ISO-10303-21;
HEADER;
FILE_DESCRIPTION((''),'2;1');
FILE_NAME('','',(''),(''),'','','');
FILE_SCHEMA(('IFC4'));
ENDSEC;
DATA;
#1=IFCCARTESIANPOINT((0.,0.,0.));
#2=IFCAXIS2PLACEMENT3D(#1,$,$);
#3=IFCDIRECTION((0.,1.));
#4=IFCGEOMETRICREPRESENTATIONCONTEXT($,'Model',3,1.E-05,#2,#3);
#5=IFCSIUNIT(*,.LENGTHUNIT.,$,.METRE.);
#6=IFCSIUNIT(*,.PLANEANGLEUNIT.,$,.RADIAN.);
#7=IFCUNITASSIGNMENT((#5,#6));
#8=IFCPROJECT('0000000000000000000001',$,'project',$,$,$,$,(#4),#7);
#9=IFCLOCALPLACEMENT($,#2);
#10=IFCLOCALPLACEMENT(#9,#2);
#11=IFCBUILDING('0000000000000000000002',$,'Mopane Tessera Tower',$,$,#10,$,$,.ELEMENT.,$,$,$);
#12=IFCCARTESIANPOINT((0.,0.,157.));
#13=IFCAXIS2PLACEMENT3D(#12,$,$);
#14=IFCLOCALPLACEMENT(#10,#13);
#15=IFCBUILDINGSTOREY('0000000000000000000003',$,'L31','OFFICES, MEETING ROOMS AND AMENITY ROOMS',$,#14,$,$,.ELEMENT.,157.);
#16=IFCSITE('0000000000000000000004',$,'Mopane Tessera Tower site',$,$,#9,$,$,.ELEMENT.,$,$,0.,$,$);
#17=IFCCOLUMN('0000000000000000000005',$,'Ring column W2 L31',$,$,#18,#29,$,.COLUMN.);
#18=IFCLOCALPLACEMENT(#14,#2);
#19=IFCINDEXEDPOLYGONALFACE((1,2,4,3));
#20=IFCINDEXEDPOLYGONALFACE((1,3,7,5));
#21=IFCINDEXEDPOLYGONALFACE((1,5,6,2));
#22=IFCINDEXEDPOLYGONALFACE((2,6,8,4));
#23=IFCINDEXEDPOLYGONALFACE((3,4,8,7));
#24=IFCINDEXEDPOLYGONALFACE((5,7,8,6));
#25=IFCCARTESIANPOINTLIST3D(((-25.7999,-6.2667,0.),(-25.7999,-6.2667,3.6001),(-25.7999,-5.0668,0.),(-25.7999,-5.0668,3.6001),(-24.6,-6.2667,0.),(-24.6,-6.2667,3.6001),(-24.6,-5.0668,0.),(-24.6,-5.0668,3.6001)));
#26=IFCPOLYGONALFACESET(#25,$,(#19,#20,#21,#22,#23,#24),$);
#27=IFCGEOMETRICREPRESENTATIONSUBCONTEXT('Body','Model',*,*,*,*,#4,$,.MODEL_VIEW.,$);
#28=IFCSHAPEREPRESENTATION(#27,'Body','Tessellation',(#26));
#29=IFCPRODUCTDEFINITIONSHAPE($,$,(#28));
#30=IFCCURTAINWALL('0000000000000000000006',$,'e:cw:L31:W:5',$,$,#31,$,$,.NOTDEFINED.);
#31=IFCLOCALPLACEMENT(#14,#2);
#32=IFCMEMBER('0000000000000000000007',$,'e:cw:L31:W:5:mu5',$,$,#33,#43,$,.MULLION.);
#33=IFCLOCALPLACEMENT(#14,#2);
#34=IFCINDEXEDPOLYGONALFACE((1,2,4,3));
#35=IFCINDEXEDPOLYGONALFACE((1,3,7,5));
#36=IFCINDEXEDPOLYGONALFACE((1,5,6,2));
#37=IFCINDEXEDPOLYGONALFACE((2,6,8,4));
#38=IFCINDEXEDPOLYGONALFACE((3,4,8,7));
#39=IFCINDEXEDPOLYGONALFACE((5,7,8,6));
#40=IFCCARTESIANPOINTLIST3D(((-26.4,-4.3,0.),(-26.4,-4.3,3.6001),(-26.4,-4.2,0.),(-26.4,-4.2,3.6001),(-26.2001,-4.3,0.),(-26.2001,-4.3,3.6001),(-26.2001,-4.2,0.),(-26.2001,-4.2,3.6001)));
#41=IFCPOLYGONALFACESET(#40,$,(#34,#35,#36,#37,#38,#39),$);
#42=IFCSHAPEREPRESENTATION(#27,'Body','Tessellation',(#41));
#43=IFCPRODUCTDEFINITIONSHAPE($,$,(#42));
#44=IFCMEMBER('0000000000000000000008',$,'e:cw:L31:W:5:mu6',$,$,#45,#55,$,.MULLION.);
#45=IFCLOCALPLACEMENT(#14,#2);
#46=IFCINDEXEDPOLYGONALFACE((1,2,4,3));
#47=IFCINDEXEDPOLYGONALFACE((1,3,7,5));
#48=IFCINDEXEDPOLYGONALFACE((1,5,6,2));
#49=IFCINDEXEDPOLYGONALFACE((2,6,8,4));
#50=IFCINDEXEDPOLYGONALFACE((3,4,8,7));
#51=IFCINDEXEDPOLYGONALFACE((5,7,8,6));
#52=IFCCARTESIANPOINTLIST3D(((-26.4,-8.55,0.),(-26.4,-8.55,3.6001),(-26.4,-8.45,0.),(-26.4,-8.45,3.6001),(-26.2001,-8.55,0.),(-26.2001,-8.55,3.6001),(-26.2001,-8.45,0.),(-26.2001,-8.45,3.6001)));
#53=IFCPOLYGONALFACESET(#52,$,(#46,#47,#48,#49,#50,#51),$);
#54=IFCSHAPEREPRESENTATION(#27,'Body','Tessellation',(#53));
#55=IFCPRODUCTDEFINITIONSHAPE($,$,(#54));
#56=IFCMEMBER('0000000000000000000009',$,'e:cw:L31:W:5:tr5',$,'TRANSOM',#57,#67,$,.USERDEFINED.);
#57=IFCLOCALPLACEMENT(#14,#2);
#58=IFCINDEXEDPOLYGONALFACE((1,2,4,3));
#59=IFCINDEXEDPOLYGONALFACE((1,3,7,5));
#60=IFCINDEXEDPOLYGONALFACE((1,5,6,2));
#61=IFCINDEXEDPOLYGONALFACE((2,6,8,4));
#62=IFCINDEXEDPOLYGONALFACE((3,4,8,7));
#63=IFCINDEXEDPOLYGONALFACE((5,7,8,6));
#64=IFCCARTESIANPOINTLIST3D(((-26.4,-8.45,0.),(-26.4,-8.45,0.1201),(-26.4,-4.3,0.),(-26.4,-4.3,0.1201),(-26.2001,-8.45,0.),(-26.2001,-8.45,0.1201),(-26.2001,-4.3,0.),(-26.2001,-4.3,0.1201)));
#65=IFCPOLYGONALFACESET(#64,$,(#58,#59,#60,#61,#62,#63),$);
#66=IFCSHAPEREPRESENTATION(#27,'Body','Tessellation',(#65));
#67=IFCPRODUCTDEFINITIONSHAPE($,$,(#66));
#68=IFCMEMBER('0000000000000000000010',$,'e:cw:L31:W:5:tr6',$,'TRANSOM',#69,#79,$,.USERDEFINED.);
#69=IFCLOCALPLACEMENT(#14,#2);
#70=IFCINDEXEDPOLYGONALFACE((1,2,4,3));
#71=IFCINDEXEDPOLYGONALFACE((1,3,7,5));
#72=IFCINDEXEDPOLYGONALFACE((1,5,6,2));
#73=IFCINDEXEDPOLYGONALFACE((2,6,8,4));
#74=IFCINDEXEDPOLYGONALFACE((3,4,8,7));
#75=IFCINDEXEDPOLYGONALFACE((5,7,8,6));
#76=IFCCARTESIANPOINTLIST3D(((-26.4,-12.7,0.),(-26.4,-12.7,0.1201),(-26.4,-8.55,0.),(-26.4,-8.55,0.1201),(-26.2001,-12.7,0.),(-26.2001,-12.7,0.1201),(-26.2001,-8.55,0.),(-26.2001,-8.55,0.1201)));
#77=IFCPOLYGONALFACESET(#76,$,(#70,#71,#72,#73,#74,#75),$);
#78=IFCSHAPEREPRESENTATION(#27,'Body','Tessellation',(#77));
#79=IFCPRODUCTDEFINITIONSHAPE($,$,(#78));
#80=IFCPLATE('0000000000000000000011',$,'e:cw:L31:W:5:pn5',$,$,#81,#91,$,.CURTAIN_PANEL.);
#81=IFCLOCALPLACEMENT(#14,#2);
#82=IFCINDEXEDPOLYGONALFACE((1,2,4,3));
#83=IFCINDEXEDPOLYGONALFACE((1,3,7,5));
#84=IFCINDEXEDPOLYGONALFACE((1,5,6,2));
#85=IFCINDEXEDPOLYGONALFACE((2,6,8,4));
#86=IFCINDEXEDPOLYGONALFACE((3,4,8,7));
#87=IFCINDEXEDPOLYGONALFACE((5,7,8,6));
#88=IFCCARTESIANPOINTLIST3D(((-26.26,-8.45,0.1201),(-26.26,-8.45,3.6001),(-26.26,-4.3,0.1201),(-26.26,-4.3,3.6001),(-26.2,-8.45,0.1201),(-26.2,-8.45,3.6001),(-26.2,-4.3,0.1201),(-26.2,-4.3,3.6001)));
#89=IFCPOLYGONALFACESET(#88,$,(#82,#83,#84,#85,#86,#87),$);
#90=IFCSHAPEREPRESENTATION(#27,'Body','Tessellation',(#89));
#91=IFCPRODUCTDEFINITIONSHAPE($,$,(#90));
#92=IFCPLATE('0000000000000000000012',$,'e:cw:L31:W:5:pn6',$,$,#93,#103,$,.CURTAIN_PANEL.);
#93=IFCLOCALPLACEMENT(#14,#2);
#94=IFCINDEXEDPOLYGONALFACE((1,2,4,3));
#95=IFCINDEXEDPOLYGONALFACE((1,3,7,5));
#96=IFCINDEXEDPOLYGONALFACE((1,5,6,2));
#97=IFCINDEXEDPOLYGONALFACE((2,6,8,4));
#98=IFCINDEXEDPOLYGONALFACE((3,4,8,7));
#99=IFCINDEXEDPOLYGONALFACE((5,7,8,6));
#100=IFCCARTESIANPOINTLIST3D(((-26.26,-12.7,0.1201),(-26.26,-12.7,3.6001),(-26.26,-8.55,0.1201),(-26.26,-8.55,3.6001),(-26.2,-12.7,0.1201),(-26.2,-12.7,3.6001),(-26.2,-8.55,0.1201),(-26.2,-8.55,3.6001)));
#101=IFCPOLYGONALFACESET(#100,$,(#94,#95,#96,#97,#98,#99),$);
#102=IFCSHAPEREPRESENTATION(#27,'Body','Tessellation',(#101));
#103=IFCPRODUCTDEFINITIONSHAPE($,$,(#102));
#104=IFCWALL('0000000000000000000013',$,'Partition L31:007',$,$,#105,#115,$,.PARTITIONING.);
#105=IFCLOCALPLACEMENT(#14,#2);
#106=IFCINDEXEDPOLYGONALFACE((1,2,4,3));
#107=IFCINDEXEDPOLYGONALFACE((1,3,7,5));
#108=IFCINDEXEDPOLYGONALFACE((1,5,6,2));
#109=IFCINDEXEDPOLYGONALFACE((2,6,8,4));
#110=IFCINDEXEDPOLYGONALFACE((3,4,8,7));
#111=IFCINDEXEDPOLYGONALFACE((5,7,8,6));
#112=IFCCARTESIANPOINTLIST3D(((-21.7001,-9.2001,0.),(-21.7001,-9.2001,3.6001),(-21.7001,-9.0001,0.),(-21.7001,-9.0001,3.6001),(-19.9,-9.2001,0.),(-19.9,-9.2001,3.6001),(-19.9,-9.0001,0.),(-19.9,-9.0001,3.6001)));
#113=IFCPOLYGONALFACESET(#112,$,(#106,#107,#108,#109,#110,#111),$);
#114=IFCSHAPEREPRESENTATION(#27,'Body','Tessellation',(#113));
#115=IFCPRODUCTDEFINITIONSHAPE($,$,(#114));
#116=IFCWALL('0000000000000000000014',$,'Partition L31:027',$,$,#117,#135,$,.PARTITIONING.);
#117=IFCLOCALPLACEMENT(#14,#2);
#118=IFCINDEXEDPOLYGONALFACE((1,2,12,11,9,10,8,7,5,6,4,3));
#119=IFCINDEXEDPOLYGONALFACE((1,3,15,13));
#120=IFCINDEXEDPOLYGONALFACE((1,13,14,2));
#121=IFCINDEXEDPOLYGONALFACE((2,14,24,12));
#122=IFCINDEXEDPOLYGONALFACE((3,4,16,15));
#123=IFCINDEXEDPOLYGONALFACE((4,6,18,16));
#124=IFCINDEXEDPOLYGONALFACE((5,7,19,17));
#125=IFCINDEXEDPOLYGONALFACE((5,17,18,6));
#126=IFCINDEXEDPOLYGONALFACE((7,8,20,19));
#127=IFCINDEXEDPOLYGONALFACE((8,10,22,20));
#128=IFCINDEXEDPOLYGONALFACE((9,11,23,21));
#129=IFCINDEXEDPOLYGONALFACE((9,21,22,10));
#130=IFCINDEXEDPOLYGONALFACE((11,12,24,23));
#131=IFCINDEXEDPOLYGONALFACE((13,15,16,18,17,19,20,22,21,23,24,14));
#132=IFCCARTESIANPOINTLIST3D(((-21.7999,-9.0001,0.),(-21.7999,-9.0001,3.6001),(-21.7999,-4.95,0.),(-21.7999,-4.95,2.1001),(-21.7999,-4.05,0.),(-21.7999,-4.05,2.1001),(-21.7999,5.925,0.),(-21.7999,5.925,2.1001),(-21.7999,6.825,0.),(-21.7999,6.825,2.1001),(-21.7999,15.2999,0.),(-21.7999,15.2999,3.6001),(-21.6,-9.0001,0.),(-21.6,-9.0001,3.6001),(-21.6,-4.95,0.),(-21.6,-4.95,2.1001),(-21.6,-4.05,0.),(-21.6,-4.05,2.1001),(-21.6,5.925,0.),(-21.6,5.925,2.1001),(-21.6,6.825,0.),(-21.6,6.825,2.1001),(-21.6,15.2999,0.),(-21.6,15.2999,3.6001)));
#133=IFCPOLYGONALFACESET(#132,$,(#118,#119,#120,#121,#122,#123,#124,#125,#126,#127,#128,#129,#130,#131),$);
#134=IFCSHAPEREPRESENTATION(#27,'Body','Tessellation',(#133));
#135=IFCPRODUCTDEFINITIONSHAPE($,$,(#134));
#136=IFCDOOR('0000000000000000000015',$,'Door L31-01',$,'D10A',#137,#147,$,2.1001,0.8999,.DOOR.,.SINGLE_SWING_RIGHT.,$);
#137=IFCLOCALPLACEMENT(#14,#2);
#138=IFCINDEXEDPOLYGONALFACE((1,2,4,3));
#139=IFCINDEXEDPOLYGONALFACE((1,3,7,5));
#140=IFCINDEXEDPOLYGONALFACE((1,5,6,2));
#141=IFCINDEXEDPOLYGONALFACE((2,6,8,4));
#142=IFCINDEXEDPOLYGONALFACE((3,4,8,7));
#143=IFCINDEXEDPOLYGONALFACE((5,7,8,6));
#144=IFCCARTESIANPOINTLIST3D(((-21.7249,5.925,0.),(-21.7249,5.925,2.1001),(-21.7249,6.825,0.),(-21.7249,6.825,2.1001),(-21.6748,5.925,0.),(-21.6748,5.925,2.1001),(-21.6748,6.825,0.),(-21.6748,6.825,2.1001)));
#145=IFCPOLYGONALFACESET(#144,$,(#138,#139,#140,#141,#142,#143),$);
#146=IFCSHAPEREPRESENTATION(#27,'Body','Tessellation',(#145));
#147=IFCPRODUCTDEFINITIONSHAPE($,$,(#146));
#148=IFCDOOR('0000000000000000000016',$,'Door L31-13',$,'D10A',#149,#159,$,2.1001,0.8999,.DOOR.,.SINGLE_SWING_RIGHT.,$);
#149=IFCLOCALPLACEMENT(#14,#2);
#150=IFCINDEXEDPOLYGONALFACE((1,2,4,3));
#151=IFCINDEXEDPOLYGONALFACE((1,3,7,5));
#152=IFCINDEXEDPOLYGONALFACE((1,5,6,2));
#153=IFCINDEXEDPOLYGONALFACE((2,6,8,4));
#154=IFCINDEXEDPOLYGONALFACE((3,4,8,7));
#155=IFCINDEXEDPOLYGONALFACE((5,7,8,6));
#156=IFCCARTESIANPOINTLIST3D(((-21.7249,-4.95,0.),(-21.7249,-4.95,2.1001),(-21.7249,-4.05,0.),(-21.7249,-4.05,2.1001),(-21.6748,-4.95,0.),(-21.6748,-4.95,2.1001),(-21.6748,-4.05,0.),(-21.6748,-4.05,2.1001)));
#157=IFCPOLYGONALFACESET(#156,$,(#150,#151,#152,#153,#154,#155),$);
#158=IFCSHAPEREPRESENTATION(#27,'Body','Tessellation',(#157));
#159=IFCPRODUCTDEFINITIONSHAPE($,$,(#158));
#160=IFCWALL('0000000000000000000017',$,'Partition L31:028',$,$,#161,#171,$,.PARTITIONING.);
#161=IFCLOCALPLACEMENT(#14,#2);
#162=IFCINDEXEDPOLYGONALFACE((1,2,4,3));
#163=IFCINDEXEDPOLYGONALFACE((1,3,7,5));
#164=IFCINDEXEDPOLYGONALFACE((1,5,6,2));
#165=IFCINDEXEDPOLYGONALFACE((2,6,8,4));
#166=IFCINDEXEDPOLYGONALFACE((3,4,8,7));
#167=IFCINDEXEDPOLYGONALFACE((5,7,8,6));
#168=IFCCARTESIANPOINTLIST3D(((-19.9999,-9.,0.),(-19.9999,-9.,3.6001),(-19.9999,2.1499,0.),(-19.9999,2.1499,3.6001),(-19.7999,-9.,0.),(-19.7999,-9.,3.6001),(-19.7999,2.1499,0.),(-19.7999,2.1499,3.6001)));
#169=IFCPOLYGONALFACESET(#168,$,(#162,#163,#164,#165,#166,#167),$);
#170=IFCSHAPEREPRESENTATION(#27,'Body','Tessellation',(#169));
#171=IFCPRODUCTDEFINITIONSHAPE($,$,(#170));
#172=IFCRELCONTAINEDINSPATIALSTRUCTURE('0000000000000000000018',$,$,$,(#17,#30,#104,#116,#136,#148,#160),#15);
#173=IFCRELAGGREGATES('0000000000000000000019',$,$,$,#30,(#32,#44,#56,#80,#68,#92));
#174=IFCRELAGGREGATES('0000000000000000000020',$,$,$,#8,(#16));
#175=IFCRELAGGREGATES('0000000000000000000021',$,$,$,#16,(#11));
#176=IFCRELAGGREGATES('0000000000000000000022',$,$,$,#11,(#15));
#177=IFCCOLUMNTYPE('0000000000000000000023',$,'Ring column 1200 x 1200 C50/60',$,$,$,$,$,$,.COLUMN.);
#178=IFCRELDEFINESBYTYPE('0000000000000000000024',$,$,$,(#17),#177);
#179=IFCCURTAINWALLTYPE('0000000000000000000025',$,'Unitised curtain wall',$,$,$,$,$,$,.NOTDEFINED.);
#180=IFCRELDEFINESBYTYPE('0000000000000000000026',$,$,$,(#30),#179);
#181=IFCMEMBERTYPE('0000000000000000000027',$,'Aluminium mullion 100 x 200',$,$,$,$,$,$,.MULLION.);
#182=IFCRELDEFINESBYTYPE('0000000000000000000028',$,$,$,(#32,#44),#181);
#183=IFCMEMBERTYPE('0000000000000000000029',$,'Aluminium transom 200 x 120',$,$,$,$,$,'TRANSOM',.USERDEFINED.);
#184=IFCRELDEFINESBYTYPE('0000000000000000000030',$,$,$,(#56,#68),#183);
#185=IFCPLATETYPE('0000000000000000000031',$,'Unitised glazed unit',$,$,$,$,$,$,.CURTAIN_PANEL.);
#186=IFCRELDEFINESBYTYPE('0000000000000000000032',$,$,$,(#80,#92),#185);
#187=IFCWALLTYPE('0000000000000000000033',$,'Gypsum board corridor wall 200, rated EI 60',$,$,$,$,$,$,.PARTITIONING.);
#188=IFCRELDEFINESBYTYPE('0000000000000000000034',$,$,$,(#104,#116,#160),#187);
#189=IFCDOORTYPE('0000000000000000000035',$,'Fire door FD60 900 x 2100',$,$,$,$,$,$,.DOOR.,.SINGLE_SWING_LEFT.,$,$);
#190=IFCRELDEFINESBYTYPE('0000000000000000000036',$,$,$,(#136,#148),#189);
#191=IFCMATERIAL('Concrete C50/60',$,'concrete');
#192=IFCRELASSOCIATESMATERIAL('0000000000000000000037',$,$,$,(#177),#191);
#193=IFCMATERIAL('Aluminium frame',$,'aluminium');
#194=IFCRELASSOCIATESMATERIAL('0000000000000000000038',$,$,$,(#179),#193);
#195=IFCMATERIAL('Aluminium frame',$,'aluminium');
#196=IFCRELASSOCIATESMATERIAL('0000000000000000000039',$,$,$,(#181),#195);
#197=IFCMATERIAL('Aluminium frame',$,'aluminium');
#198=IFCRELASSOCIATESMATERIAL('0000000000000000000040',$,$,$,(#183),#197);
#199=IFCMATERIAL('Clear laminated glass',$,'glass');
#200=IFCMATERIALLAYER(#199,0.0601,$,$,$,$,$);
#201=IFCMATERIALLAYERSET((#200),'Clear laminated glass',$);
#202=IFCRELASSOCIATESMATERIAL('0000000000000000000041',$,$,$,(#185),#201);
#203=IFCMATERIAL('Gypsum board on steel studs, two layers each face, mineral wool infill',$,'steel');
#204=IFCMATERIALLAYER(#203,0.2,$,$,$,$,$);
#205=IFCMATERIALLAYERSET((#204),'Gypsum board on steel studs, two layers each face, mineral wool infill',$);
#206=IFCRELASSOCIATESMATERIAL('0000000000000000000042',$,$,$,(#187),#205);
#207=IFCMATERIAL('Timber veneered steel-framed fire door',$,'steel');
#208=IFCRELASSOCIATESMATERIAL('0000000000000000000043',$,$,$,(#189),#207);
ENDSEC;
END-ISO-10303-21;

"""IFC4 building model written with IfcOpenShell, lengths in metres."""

from ifc_helpers import new_model, si_unit, direction, frame, frame_2d, origin, origin_2d, place, context, subcontext, project, spatial, rectangle, extrude, material, layer, layer_set, material_profile, profile_set, type_object, element, fill, aggregate, save


model = new_model("IFC4")

# Units and contexts
model_context = context("Model", 3, precision=1e-05, world=origin(), true_north=direction((0.0, 1.0)))
body_context = subcontext(model_context, "Body", "Model", "MODEL_VIEW")
ifc_project = project(units=[si_unit("LENGTHUNIT", "METRE"), si_unit("PLANEANGLEUNIT", "RADIAN")], contexts=[model_context])

# Site, building, storey
site_placement = place(None, origin())
site = spatial("IfcSite", under=ifc_project, at=site_placement, Name="Mopane Tessera Tower site", CompositionType="ELEMENT", RefElevation=0.0)
building_placement = place(site_placement, origin())
building = spatial("IfcBuilding", under=site, at=building_placement, Name="Mopane Tessera Tower", CompositionType="ELEMENT")
storey_placement = place(building_placement, frame((0.0, 0.0, 157.0)))
storey = spatial("IfcBuildingStorey", under=building, at=storey_placement, Name="L31", Description="OFFICES, MEETING ROOMS AND AMENITY ROOMS", CompositionType="ELEMENT", Elevation=157.0)

# Column
ifc_material_1 = material(Name="Concrete C50/60", Category="concrete")
ifc_material_profile_1 = material_profile(ifc_material_1, rectangle(XDim=1.2, YDim=1.2, at=origin_2d()))
ifc_profile_set_1 = profile_set([ifc_material_profile_1], Name="Concrete C50/60")
column_type = type_object("IfcColumnType", Name="Ring column 1200 x 1200 C50/60", PredefinedType="COLUMN", material=ifc_profile_set_1)
column_placement = place(storey_placement, frame((-25.2, -5.6667, 0.0), z_axis=(0.0, 0.0, 1.0), x_axis=(1.0, 0.0, 0.0)))
element("IfcColumn", 1, at=column_placement, inside=storey, type_object=column_type, Name="Ring column W2 L31", PredefinedType="COLUMN", context=body_context, shape_type="SweptSolid", body=[
    extrude(rectangle(XDim=1.2, YDim=1.2, at=origin_2d()), origin(), (0.0, 0.0, 1.0), 3.6001),
])

# Curtain wall, members, plates
ifc_material_2 = material(Name="Aluminium frame", Category="aluminium")
curtain_wall_type = type_object("IfcCurtainWallType", Name="Unitised curtain wall", PredefinedType="NOTDEFINED", material=ifc_material_2)
curtain_wall_placement = place(storey_placement, origin())
curtain_wall = element("IfcCurtainWall", 2, at=curtain_wall_placement, inside=storey, type_object=curtain_wall_type, Name="e:cw:L31:W:5", PredefinedType="NOTDEFINED")
ifc_material_3 = material(Name="Aluminium frame", Category="aluminium")
ifc_material_profile_2 = material_profile(ifc_material_3, rectangle(XDim=0.1001, YDim=0.2, at=origin_2d()))
ifc_profile_set_2 = profile_set([ifc_material_profile_2], Name="Aluminium frame")
member_type_1 = type_object("IfcMemberType", Name="Aluminium mullion 100 x 200", PredefinedType="MULLION", material=ifc_profile_set_2)
member_1_placement = place(storey_placement, frame((-26.3, -4.25, 0.0), z_axis=(0.0, 0.0, 1.0), x_axis=(0.0, -1.0, 0.0)))
member_1 = element("IfcMember", 3, at=member_1_placement, type_object=member_type_1, Name="e:cw:L31:W:5:mu5", PredefinedType="MULLION", context=body_context, shape_type="SweptSolid", body=[
    extrude(rectangle(XDim=0.1001, YDim=0.2, at=origin_2d()), origin(), (0.0, 0.0, 1.0), 3.6001),
])
member_2_placement = place(storey_placement, frame((-26.3, -8.5, 0.0), z_axis=(0.0, 0.0, 1.0), x_axis=(0.0, -1.0, 0.0)))
member_2 = element("IfcMember", 4, at=member_2_placement, type_object=member_type_1, Name="e:cw:L31:W:5:mu6", PredefinedType="MULLION", context=body_context, shape_type="SweptSolid", body=[
    extrude(rectangle(XDim=0.1001, YDim=0.2, at=origin_2d()), origin(), (0.0, 0.0, 1.0), 3.6001),
])
ifc_material_4 = material(Name="Aluminium frame", Category="aluminium")
ifc_material_profile_3 = material_profile(ifc_material_4, rectangle(XDim=0.2, YDim=0.1201, at=origin_2d()))
ifc_profile_set_3 = profile_set([ifc_material_profile_3], Name="Aluminium frame")
member_type_2 = type_object("IfcMemberType", Name="Aluminium transom 200 x 120", ElementType="TRANSOM", PredefinedType="USERDEFINED", material=ifc_profile_set_3)
member_3_placement = place(storey_placement, frame((-26.3, -4.3, 0.0601), z_axis=(0.0, -1.0, 0.0), x_axis=(1.0, 0.0, 0.0)))
member_3 = element("IfcMember", 5, at=member_3_placement, type_object=member_type_2, Name="e:cw:L31:W:5:tr5", ObjectType="TRANSOM", PredefinedType="USERDEFINED", context=body_context, shape_type="SweptSolid", body=[
    extrude(rectangle(XDim=0.2, YDim=0.1201, at=origin_2d()), origin(), (0.0, 0.0, 1.0), 4.1499),
])
member_4_placement = place(storey_placement, frame((-26.3, -8.55, 0.0601), z_axis=(0.0, -1.0, 0.0), x_axis=(1.0, 0.0, 0.0)))
member_4 = element("IfcMember", 6, at=member_4_placement, type_object=member_type_2, Name="e:cw:L31:W:5:tr6", ObjectType="TRANSOM", PredefinedType="USERDEFINED", context=body_context, shape_type="SweptSolid", body=[
    extrude(rectangle(XDim=0.2, YDim=0.1201, at=origin_2d()), origin(), (0.0, 0.0, 1.0), 4.1499),
])
ifc_material_5 = material(Name="Clear laminated glass", Category="glass")
ifc_layer_1 = layer(ifc_material_5, 0.0601)
ifc_layer_set_1 = layer_set([ifc_layer_1], Name="Clear laminated glass")
plate_type = type_object("IfcPlateType", Name="Unitised glazed unit", PredefinedType="CURTAIN_PANEL", material=ifc_layer_set_1)
plate_1_placement = place(storey_placement, frame((-26.23, -6.375, 0.1201), z_axis=(0.0, 0.0, 1.0), x_axis=(0.0, -1.0, 0.0)))
plate_1 = element("IfcPlate", 7, at=plate_1_placement, type_object=plate_type, Name="e:cw:L31:W:5:pn5", PredefinedType="CURTAIN_PANEL", context=body_context, shape_type="SweptSolid", body=[
    extrude(rectangle(XDim=4.1499, YDim=0.0601, at=origin_2d()), origin(), (0.0, 0.0, 1.0), 3.48),
])
plate_2_placement = place(storey_placement, frame((-26.23, -10.625, 0.1201), z_axis=(0.0, 0.0, 1.0), x_axis=(0.0, -1.0, 0.0)))
plate_2 = element("IfcPlate", 8, at=plate_2_placement, type_object=plate_type, Name="e:cw:L31:W:5:pn6", PredefinedType="CURTAIN_PANEL", context=body_context, shape_type="SweptSolid", body=[
    extrude(rectangle(XDim=4.1499, YDim=0.0601, at=origin_2d()), origin(), (0.0, 0.0, 1.0), 3.48),
])
aggregate(curtain_wall, [member_1, member_2, member_3, plate_1, member_4, plate_2])

# Wall
ifc_material_6 = material(Name="Gypsum board on steel studs, two layers each face, mineral wool infill", Category="steel")
ifc_layer_2 = layer(ifc_material_6, 0.2)
ifc_layer_set_2 = layer_set([ifc_layer_2], Name="Gypsum board on steel studs, two layers each face, mineral wool infill")
wall_type_1 = type_object("IfcWallType", Name="Gypsum board corridor wall 200, rated EI 60", PredefinedType="PARTITIONING", material=ifc_layer_set_2)
wall_1_placement = place(storey_placement, frame((-21.7, -9.1001, 0.0), z_axis=(0.0, 0.0, 1.0), x_axis=(1.0, 0.0, 0.0)))
element("IfcWall", 9, at=wall_1_placement, inside=storey, type_object=wall_type_1, Name="Partition L31:007", PredefinedType="PARTITIONING", context=body_context, shape_type="SweptSolid", body=[
    extrude(rectangle(XDim=1.8, YDim=0.2, at=frame_2d((0.8999, 0.0))), origin(), (0.0, 0.0, 1.0), 3.6001),
])

# Wall, openings, doors
wall_2_placement = place(storey_placement, frame((-21.7, -9.0, 0.0), z_axis=(0.0, 0.0, 1.0), x_axis=(0.0, 1.0, 0.0)))
wall_2 = element("IfcWall", 10, at=wall_2_placement, inside=storey, type_object=wall_type_1, Name="Partition L31:027", PredefinedType="PARTITIONING", context=body_context, shape_type="SweptSolid", body=[
    extrude(rectangle(XDim=24.3, YDim=0.2, at=frame_2d((12.1499, 0.0))), origin(), (0.0, 0.0, 1.0), 3.6001),
])
opening_1_placement = place(wall_2_placement, frame((14.925, 0.0, 0.0)))
opening_1 = element("IfcOpeningElement", 11, at=opening_1_placement, cuts=wall_2, PredefinedType="OPENING", context=body_context, shape_type="SweptSolid", body=[
    extrude(rectangle(XDim=0.8999, YDim=2.1001, at=frame_2d((0.45, 1.05))), frame((0.0, 0.1121, 0.0), z_axis=(0.0, -1.0, 0.0), x_axis=(1.0, 0.0, 0.0)), (0.0, 0.0, 1.0), 0.2239),
])
opening_2_placement = place(wall_2_placement, frame((4.05, 0.0, 0.0)))
opening_2 = element("IfcOpeningElement", 12, at=opening_2_placement, cuts=wall_2, PredefinedType="OPENING", context=body_context, shape_type="SweptSolid", body=[
    extrude(rectangle(XDim=0.8999, YDim=2.1001, at=frame_2d((0.45, 1.05))), frame((0.0, 0.1121, 0.0), z_axis=(0.0, -1.0, 0.0), x_axis=(1.0, 0.0, 0.0)), (0.0, 0.0, 1.0), 0.2239),
])
ifc_material_7 = material(Name="Timber veneered steel-framed fire door", Category="steel")
door_type_1 = type_object("IfcDoorType", Name="Fire door FD60 900 x 2100", OperationType="SINGLE_SWING_LEFT", PredefinedType="DOOR", material=ifc_material_7)
door_1_placement = place(opening_1_placement, origin())
door_1 = element("IfcDoor", 13, at=door_1_placement, inside=storey, type_object=door_type_1, Name="Door L31-01", ObjectType="D10A", OperationType="SINGLE_SWING_RIGHT", OverallHeight=2.1001, OverallWidth=0.8999, PredefinedType="DOOR", context=body_context, shape_type="SweptSolid", body=[
    extrude(rectangle(XDim=0.8999, YDim=2.1001, at=frame_2d((0.45, 1.05))), frame((0.0, 0.0249, 0.0), z_axis=(0.0, -1.0, 0.0), x_axis=(1.0, 0.0, 0.0)), (0.0, 0.0, 1.0), 0.05),
])
fill(opening_1, door_1)
door_2_placement = place(opening_2_placement, origin())
door_2 = element("IfcDoor", 14, at=door_2_placement, inside=storey, type_object=door_type_1, Name="Door L31-13", ObjectType="D10A", OperationType="SINGLE_SWING_RIGHT", OverallHeight=2.1001, OverallWidth=0.8999, PredefinedType="DOOR", context=body_context, shape_type="SweptSolid", body=[
    extrude(rectangle(XDim=0.8999, YDim=2.1001, at=frame_2d((0.45, 1.05))), frame((0.0, 0.0249, 0.0), z_axis=(0.0, -1.0, 0.0), x_axis=(1.0, 0.0, 0.0)), (0.0, 0.0, 1.0), 0.05),
])
fill(opening_2, door_2)

# Wall
wall_3_placement = place(storey_placement, frame((-19.8999, -9.0, 0.0), z_axis=(0.0, 0.0, 1.0), x_axis=(0.0, 1.0, 0.0)))
element("IfcWall", 15, at=wall_3_placement, inside=storey, type_object=wall_type_1, Name="Partition L31:028", PredefinedType="PARTITIONING", context=body_context, shape_type="SweptSolid", body=[
    extrude(rectangle(XDim=11.1499, YDim=0.2, at=frame_2d((5.575, 0.0))), origin(), (0.0, 0.0, 1.0), 3.6001),
])

save(model, "model.ifc")
